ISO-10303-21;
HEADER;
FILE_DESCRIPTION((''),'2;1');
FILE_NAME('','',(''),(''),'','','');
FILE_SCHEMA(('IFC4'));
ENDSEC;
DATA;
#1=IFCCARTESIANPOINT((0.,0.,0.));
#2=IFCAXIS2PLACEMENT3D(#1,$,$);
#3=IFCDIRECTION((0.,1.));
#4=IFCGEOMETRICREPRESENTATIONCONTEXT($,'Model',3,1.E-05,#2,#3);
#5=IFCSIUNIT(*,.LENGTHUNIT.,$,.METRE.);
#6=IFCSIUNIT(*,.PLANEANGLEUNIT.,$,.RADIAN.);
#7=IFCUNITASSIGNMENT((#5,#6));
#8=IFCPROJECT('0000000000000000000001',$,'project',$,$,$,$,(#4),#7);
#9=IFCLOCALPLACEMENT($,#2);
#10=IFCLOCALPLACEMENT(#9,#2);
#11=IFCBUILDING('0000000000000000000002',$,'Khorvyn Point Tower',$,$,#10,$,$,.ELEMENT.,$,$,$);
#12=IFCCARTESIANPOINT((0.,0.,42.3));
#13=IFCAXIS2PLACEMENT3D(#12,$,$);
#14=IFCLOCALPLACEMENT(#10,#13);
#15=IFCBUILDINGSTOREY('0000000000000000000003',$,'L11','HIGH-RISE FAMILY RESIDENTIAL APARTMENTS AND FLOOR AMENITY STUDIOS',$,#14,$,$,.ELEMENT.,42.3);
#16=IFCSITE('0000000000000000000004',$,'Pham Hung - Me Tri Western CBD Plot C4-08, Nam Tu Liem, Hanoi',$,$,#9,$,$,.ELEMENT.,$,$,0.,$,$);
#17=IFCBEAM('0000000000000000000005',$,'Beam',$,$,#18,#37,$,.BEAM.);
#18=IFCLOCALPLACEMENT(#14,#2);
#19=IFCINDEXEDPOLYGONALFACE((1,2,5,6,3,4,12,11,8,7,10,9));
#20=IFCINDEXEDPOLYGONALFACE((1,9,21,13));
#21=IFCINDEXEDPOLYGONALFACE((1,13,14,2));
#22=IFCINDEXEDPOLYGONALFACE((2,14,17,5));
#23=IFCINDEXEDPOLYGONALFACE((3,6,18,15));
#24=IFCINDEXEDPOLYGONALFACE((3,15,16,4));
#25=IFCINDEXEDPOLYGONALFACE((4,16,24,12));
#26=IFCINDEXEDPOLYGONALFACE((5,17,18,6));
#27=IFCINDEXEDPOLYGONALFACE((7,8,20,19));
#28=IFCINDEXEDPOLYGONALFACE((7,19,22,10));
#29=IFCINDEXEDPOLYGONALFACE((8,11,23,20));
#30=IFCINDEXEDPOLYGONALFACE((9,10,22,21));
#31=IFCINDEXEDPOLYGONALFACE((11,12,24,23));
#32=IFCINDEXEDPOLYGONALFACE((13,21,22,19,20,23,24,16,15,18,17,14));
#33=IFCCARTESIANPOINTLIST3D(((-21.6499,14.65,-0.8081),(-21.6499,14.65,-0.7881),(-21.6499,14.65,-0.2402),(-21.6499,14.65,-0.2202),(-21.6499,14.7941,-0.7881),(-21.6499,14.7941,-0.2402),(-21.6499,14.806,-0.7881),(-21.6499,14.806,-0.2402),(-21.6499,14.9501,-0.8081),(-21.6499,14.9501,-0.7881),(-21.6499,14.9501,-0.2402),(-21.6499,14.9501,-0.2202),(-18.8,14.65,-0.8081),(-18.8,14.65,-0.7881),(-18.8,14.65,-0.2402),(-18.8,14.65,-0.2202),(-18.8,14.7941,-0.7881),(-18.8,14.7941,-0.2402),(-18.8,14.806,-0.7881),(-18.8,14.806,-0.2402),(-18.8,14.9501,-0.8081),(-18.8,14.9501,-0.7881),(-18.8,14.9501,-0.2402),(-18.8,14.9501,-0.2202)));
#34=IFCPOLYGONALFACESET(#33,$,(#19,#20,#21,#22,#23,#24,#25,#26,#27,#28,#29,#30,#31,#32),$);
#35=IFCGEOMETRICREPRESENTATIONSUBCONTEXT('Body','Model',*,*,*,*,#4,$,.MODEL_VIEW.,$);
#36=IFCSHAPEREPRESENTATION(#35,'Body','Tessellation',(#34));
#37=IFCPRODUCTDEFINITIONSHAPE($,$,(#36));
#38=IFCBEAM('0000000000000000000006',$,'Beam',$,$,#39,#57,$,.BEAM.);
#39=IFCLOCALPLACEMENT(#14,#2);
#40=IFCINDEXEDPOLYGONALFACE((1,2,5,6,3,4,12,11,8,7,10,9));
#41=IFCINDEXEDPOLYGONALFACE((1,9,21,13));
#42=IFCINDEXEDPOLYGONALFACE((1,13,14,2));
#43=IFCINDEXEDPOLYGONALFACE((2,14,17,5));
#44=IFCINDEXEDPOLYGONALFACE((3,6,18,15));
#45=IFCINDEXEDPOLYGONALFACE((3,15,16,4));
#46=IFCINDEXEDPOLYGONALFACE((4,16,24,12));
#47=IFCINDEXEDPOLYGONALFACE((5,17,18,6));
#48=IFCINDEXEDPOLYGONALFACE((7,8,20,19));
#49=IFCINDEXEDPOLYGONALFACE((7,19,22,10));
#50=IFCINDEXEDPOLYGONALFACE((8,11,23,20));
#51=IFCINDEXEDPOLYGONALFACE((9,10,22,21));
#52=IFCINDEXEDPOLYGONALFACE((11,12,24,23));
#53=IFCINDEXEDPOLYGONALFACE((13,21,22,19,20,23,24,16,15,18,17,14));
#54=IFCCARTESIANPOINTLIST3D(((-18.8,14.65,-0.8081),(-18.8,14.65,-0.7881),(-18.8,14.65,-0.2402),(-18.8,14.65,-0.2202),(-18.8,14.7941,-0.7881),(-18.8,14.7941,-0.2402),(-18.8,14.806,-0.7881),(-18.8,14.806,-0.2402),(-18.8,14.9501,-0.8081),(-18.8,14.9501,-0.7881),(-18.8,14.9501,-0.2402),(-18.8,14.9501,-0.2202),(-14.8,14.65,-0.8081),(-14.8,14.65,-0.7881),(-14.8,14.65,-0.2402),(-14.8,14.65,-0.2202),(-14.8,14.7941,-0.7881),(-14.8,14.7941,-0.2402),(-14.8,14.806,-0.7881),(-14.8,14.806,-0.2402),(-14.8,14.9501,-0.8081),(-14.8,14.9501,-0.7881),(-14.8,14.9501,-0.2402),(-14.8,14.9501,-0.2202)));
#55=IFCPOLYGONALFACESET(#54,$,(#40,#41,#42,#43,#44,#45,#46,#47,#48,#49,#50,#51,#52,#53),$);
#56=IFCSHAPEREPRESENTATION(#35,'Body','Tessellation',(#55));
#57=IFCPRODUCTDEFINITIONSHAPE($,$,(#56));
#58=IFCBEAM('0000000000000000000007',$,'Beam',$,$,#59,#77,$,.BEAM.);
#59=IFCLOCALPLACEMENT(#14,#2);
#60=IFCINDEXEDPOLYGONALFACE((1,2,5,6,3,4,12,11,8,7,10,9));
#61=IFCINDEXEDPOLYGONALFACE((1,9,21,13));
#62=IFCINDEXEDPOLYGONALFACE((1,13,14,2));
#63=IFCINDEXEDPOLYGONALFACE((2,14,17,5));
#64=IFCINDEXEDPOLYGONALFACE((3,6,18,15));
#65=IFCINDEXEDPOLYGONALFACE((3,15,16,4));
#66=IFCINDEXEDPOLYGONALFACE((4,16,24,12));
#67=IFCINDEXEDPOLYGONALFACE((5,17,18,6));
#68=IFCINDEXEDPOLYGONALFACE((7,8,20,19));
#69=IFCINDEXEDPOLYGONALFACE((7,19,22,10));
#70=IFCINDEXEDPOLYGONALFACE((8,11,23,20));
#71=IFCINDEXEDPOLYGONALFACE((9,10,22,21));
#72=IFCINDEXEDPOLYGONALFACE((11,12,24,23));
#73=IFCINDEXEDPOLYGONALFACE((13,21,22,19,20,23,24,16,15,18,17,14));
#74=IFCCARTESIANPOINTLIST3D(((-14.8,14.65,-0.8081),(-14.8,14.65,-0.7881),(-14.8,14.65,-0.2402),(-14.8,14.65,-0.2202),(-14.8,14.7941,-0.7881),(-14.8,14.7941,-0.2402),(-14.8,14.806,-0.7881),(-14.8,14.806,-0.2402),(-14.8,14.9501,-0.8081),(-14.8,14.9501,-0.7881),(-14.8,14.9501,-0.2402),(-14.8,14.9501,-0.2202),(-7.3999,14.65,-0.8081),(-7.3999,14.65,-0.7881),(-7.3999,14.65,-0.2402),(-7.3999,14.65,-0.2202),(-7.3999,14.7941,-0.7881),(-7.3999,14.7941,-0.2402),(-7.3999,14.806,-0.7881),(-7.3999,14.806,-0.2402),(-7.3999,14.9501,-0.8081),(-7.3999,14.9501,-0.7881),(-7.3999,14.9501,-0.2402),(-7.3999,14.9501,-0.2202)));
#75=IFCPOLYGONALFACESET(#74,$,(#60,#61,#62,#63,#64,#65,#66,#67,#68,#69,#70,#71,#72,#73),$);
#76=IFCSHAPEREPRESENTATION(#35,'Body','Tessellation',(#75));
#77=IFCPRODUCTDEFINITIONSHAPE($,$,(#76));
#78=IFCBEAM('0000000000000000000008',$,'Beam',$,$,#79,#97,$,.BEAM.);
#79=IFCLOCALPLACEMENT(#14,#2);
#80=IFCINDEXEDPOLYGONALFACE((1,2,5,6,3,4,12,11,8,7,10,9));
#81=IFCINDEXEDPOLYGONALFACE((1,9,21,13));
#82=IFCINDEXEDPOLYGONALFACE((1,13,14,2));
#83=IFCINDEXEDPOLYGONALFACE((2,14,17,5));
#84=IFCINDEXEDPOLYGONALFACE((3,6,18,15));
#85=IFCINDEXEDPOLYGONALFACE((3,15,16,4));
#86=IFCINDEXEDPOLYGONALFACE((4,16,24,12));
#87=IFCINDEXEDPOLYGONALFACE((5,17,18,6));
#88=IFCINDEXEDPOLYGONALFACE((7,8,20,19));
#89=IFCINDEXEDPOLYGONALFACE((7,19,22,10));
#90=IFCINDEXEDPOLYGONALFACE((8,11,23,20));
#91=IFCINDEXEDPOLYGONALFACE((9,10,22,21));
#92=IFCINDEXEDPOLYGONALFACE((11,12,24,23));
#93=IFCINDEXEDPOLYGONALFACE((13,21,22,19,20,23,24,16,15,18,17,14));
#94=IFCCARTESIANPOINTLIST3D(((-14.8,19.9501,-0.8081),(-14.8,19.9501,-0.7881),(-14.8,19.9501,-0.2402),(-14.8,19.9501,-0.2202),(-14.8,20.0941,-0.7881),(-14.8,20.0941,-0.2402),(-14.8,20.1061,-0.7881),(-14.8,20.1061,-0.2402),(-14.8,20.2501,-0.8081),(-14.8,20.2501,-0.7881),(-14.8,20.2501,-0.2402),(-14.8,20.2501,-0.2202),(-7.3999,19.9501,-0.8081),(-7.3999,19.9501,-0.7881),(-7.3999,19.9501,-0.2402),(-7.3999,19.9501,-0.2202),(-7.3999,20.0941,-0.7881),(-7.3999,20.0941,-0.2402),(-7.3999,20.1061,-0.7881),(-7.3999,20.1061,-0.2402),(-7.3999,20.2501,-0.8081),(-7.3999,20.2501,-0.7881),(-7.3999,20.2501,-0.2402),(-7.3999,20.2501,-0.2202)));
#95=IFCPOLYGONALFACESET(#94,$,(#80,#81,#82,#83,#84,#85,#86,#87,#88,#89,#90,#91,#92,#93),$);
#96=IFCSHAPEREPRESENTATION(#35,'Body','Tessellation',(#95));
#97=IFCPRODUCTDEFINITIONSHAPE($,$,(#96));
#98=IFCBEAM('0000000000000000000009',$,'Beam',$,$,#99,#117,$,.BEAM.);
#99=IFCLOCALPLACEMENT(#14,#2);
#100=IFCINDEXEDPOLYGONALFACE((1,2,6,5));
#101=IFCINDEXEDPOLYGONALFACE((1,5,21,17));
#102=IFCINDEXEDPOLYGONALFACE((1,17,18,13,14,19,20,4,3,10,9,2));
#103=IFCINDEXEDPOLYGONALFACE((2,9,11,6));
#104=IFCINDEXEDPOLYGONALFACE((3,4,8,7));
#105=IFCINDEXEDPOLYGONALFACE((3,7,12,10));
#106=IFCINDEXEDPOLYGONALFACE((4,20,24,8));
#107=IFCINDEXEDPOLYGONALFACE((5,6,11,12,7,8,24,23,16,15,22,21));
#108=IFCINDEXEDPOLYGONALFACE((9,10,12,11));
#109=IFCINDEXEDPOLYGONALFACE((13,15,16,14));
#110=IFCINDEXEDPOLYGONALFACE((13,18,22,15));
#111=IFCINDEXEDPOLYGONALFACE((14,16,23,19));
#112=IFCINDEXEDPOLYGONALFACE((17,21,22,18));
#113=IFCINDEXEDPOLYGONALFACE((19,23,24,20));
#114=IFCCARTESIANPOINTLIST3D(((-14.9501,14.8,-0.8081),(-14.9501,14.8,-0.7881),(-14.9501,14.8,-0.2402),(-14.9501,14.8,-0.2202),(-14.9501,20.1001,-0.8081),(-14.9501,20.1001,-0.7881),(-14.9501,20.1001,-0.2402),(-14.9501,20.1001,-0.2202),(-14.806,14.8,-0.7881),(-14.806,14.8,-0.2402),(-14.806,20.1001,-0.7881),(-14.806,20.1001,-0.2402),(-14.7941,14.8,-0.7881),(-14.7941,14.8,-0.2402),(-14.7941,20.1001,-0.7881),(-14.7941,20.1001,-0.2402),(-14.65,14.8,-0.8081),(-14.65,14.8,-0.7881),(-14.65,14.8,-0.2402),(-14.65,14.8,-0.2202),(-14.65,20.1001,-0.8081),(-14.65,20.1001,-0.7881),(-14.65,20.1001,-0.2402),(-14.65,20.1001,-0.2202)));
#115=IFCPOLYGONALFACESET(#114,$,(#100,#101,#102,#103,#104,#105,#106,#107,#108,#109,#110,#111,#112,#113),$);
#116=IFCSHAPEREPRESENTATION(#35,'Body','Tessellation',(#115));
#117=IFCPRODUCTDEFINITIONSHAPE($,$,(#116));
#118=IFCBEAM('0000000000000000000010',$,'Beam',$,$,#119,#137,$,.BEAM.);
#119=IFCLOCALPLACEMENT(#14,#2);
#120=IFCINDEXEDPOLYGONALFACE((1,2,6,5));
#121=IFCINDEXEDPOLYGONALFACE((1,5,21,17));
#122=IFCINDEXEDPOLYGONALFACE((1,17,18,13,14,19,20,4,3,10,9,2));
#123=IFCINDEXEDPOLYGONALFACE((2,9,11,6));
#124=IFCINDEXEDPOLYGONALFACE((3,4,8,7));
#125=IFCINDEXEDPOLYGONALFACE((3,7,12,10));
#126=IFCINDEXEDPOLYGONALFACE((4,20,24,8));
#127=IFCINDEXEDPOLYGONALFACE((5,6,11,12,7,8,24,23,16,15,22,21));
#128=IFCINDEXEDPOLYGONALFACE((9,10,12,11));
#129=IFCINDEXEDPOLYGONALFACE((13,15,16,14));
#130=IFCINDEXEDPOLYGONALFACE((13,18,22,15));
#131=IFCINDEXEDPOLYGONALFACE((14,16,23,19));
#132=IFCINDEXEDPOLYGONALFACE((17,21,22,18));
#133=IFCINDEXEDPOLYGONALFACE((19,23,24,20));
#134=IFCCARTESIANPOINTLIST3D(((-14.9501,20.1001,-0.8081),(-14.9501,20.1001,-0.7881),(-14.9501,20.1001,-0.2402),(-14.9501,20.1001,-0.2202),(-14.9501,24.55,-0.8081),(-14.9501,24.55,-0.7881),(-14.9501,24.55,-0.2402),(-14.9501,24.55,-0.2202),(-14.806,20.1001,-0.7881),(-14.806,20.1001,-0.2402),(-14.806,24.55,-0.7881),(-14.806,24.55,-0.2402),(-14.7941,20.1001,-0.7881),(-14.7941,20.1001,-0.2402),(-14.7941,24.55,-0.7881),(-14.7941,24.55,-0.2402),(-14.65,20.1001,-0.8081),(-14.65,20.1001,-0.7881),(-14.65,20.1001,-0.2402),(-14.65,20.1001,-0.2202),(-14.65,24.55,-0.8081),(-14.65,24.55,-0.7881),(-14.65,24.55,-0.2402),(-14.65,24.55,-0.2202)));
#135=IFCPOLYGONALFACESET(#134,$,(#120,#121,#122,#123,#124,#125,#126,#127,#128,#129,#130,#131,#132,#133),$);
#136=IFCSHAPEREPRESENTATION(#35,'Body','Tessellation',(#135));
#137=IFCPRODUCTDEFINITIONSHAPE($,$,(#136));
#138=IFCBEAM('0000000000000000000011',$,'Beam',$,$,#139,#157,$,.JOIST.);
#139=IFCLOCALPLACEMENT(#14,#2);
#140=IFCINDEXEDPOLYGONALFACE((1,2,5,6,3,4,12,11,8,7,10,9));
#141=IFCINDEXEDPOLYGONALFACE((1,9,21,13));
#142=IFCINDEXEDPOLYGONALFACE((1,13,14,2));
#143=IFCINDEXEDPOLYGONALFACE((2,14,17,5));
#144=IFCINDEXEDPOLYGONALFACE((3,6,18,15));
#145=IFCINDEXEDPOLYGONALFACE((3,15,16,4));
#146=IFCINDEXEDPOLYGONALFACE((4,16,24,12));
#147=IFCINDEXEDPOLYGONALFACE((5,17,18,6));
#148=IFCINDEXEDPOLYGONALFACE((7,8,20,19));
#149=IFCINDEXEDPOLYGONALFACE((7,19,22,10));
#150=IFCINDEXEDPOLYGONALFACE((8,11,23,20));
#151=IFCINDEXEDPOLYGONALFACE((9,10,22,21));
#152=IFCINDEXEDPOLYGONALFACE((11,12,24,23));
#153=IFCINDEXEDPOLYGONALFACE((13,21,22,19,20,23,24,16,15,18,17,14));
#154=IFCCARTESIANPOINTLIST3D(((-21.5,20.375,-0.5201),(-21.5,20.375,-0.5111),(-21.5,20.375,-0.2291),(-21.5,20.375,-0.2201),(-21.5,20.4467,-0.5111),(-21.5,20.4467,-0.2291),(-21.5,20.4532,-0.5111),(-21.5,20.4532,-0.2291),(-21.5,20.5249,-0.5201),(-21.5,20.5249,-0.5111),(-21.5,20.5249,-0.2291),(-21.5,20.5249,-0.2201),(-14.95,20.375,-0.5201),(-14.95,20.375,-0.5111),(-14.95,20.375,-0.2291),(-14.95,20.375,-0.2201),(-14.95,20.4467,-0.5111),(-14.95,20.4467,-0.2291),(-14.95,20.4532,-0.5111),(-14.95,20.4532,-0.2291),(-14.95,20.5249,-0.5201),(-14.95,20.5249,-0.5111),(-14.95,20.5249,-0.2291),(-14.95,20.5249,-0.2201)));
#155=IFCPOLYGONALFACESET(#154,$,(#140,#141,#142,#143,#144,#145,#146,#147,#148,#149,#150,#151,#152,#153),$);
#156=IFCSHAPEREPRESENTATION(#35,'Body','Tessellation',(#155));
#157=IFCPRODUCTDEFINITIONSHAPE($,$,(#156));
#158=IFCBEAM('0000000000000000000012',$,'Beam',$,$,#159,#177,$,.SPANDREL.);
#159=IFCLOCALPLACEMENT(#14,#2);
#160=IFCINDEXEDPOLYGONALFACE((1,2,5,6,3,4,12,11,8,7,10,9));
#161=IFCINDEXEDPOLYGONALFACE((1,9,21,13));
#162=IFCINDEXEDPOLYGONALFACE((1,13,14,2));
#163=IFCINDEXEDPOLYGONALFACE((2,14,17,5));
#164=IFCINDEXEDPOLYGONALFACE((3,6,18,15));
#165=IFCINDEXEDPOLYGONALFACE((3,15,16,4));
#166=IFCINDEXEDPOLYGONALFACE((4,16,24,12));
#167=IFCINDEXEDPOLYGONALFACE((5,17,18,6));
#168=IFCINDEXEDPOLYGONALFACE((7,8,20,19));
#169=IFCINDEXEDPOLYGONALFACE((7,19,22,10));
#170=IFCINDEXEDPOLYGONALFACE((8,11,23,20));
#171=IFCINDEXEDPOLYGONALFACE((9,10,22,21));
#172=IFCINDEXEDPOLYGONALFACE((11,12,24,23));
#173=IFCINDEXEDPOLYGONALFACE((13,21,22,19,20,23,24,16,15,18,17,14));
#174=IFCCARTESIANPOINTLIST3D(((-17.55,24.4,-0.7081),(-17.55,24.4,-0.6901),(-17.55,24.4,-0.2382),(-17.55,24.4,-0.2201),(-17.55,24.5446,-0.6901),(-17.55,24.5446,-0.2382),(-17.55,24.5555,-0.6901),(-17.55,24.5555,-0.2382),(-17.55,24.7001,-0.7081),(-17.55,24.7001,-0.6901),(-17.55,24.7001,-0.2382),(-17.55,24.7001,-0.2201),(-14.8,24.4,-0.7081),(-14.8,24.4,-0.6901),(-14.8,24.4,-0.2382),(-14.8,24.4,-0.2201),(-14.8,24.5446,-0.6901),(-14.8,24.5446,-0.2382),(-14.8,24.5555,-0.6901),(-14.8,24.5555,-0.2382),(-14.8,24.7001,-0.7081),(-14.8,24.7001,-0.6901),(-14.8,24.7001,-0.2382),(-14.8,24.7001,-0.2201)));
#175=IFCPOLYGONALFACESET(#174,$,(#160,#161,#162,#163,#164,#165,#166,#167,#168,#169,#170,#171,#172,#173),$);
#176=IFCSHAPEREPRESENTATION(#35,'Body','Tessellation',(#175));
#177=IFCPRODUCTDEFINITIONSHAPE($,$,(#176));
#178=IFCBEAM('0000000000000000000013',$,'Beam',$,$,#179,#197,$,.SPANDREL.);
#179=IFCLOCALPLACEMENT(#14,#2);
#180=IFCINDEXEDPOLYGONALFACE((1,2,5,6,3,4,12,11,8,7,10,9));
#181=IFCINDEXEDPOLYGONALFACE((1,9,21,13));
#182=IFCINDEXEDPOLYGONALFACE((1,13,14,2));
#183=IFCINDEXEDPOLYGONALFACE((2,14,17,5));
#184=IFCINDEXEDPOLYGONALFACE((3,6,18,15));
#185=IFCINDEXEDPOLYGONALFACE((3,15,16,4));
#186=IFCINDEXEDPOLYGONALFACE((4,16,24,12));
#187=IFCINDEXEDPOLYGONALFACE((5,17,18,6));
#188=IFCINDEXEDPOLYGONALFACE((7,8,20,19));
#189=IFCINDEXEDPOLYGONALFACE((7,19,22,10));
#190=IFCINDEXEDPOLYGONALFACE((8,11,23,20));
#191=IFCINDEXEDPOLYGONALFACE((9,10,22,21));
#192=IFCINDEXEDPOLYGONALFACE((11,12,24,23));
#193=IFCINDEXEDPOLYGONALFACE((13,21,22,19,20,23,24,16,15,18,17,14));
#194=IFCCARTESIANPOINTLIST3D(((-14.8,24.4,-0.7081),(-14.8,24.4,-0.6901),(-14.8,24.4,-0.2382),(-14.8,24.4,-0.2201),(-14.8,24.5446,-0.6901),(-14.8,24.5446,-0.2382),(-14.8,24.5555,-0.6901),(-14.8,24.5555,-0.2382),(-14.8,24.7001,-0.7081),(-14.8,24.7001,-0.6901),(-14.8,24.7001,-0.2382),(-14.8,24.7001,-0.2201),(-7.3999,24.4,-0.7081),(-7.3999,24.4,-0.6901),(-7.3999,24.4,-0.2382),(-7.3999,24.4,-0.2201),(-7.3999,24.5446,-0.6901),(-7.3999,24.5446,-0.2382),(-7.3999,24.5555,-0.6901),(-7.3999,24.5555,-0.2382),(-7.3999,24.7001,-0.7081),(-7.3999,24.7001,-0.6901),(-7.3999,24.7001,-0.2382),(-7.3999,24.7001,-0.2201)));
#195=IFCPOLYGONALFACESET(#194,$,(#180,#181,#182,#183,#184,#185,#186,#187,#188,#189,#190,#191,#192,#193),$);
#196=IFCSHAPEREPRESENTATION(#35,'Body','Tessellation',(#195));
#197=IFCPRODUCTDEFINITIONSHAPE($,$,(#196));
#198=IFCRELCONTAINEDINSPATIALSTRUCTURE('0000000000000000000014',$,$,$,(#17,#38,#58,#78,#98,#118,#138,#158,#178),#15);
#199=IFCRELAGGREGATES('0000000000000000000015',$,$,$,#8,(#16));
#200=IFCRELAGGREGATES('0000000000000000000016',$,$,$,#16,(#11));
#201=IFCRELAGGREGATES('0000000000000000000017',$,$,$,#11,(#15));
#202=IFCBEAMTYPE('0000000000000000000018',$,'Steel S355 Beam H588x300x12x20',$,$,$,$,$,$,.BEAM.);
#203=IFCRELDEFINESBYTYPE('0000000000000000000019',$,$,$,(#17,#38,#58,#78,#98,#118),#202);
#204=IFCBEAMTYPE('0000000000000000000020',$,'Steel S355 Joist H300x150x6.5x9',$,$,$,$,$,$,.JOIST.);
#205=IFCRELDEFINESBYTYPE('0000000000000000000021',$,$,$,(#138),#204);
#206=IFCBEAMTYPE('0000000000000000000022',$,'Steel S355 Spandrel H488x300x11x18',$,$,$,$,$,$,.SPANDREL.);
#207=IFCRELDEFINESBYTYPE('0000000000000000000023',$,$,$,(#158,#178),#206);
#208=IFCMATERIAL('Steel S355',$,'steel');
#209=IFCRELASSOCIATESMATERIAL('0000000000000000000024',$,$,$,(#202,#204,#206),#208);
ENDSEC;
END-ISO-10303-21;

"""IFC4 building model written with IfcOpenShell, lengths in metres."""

from ifc_helpers import new_model, si_unit, direction, frame, origin, origin_2d, place, context, subcontext, project, spatial, i_section, extrude, material, material_profile, profile_set, type_object, element, save


model = new_model("IFC4")

# Units and contexts
model_context = context("Model", 3, precision=1e-05, world=origin(), true_north=direction((0.0, 1.0)))
body_context = subcontext(model_context, "Body", "Model", "MODEL_VIEW")
ifc_project = project(units=[si_unit("LENGTHUNIT", "METRE"), si_unit("PLANEANGLEUNIT", "RADIAN")], contexts=[model_context])

# Site, building, storey
site_placement = place(None, origin())
site = spatial("IfcSite", under=ifc_project, at=site_placement, Name="Pham Hung - Me Tri Western CBD Plot C4-08, Nam Tu Liem, Hanoi", CompositionType="ELEMENT", RefElevation=0.0)
building_placement = place(site_placement, origin())
building = spatial("IfcBuilding", under=site, at=building_placement, Name="Khorvyn Point Tower", CompositionType="ELEMENT")
storey_placement = place(building_placement, frame((0.0, 0.0, 42.3)))
storey = spatial("IfcBuildingStorey", under=building, at=storey_placement, Name="L11", Description="HIGH-RISE FAMILY RESIDENTIAL APARTMENTS AND FLOOR AMENITY STUDIOS", CompositionType="ELEMENT", Elevation=42.3)

# Beams
ifc_material_1 = material(Name="Steel S355", Category="steel")
ifc_material_profile_1 = material_profile(ifc_material_1, i_section(OverallWidth=0.3, OverallDepth=0.5879, WebThickness=0.012, FlangeThickness=0.02, at=origin_2d()))
ifc_profile_set_1 = profile_set([ifc_material_profile_1], Name="Steel S355 H588x300x12x20")
beam_type_1 = type_object("IfcBeamType", Name="Steel S355 Beam H588x300x12x20", PredefinedType="BEAM", material=ifc_profile_set_1)
beam_1_placement = place(storey_placement, frame((-21.6499, 14.8, -0.5142), z_axis=(1.0, 0.0, 0.0), x_axis=(0.0, 1.0, 0.0)))
element("IfcBeam", 1, at=beam_1_placement, inside=storey, type_object=beam_type_1, Name="Beam", PredefinedType="BEAM", context=body_context, shape_type="SweptSolid", body=[
    extrude(i_section(OverallWidth=0.3, OverallDepth=0.5879, WebThickness=0.012, FlangeThickness=0.02, at=origin_2d()), origin(), (0.0, 0.0, 1.0), 2.8499),
])
beam_2_placement = place(storey_placement, frame((-18.8, 14.8, -0.5142), z_axis=(1.0, 0.0, 0.0), x_axis=(0.0, 1.0, 0.0)))
element("IfcBeam", 2, at=beam_2_placement, inside=storey, type_object=beam_type_1, Name="Beam", PredefinedType="BEAM", context=body_context, shape_type="SweptSolid", body=[
    extrude(i_section(OverallWidth=0.3, OverallDepth=0.5879, WebThickness=0.012, FlangeThickness=0.02, at=origin_2d()), origin(), (0.0, 0.0, 1.0), 4.0),
])
for number, where, z_axis, x_axis, name in (
    (3, (-14.8, 14.8, -0.5142), (1.0, 0.0, 0.0), (0.0, 1.0, 0.0), "Beam"),
    (4, (-14.8, 20.1001, -0.5142), (1.0, 0.0, 0.0), (0.0, 1.0, 0.0), "Beam"),
):
    element("IfcBeam", number, at=place(storey_placement, frame(where, z_axis=z_axis, x_axis=x_axis)), inside=storey, type_object=beam_type_1, Name=name, PredefinedType="BEAM", context=body_context, shape_type="SweptSolid", body=[
        extrude(i_section(OverallWidth=0.3, OverallDepth=0.5879, WebThickness=0.012, FlangeThickness=0.02, at=origin_2d()), origin(), (0.0, 0.0, 1.0), 7.4001),
    ])
beam_3_placement = place(storey_placement, frame((-14.8, 14.8, -0.5142), z_axis=(0.0, 1.0, 0.0), x_axis=(-1.0, 0.0, 0.0)))
element("IfcBeam", 5, at=beam_3_placement, inside=storey, type_object=beam_type_1, Name="Beam", PredefinedType="BEAM", context=body_context, shape_type="SweptSolid", body=[
    extrude(i_section(OverallWidth=0.3, OverallDepth=0.5879, WebThickness=0.012, FlangeThickness=0.02, at=origin_2d()), origin(), (0.0, 0.0, 1.0), 5.3),
])
beam_4_placement = place(storey_placement, frame((-14.8, 20.1001, -0.5142), z_axis=(0.0, 1.0, 0.0), x_axis=(-1.0, 0.0, 0.0)))
element("IfcBeam", 6, at=beam_4_placement, inside=storey, type_object=beam_type_1, Name="Beam", PredefinedType="BEAM", context=body_context, shape_type="SweptSolid", body=[
    extrude(i_section(OverallWidth=0.3, OverallDepth=0.5879, WebThickness=0.012, FlangeThickness=0.02, at=origin_2d()), origin(), (0.0, 0.0, 1.0), 4.45),
])
ifc_material_profile_2 = material_profile(ifc_material_1, i_section(OverallWidth=0.1499, OverallDepth=0.3, WebThickness=0.0066, FlangeThickness=0.009, at=origin_2d()))
ifc_profile_set_2 = profile_set([ifc_material_profile_2], Name="Steel S355 H300x150x6.5x9")
beam_type_2 = type_object("IfcBeamType", Name="Steel S355 Joist H300x150x6.5x9", PredefinedType="JOIST", material=ifc_profile_set_2)
beam_5_placement = place(storey_placement, frame((-21.5, 20.45, -0.3701), z_axis=(1.0, 0.0, 0.0), x_axis=(0.0, 1.0, 0.0)))
element("IfcBeam", 7, at=beam_5_placement, inside=storey, type_object=beam_type_2, Name="Beam", PredefinedType="JOIST", context=body_context, shape_type="SweptSolid", body=[
    extrude(i_section(OverallWidth=0.1499, OverallDepth=0.3, WebThickness=0.0066, FlangeThickness=0.009, at=origin_2d()), origin(), (0.0, 0.0, 1.0), 6.55),
])
ifc_material_profile_3 = material_profile(ifc_material_1, i_section(OverallWidth=0.3, OverallDepth=0.488, WebThickness=0.011, FlangeThickness=0.0181, at=origin_2d()))
ifc_profile_set_3 = profile_set([ifc_material_profile_3], Name="Steel S355 H488x300x11x18")
beam_type_3 = type_object("IfcBeamType", Name="Steel S355 Spandrel H488x300x11x18", PredefinedType="SPANDREL", material=ifc_profile_set_3)
beam_6_placement = place(storey_placement, frame((-17.55, 24.55, -0.4641), z_axis=(1.0, 0.0, 0.0), x_axis=(0.0, 1.0, 0.0)))
element("IfcBeam", 8, at=beam_6_placement, inside=storey, type_object=beam_type_3, Name="Beam", PredefinedType="SPANDREL", context=body_context, shape_type="SweptSolid", body=[
    extrude(i_section(OverallWidth=0.3, OverallDepth=0.488, WebThickness=0.011, FlangeThickness=0.0181, at=origin_2d()), origin(), (0.0, 0.0, 1.0), 2.75),
])
beam_7_placement = place(storey_placement, frame((-14.8, 24.55, -0.4641), z_axis=(1.0, 0.0, 0.0), x_axis=(0.0, 1.0, 0.0)))
element("IfcBeam", 9, at=beam_7_placement, inside=storey, type_object=beam_type_3, Name="Beam", PredefinedType="SPANDREL", context=body_context, shape_type="SweptSolid", body=[
    extrude(i_section(OverallWidth=0.3, OverallDepth=0.488, WebThickness=0.011, FlangeThickness=0.0181, at=origin_2d()), origin(), (0.0, 0.0, 1.0), 7.4001),
])

save(model, "model.ifc")
